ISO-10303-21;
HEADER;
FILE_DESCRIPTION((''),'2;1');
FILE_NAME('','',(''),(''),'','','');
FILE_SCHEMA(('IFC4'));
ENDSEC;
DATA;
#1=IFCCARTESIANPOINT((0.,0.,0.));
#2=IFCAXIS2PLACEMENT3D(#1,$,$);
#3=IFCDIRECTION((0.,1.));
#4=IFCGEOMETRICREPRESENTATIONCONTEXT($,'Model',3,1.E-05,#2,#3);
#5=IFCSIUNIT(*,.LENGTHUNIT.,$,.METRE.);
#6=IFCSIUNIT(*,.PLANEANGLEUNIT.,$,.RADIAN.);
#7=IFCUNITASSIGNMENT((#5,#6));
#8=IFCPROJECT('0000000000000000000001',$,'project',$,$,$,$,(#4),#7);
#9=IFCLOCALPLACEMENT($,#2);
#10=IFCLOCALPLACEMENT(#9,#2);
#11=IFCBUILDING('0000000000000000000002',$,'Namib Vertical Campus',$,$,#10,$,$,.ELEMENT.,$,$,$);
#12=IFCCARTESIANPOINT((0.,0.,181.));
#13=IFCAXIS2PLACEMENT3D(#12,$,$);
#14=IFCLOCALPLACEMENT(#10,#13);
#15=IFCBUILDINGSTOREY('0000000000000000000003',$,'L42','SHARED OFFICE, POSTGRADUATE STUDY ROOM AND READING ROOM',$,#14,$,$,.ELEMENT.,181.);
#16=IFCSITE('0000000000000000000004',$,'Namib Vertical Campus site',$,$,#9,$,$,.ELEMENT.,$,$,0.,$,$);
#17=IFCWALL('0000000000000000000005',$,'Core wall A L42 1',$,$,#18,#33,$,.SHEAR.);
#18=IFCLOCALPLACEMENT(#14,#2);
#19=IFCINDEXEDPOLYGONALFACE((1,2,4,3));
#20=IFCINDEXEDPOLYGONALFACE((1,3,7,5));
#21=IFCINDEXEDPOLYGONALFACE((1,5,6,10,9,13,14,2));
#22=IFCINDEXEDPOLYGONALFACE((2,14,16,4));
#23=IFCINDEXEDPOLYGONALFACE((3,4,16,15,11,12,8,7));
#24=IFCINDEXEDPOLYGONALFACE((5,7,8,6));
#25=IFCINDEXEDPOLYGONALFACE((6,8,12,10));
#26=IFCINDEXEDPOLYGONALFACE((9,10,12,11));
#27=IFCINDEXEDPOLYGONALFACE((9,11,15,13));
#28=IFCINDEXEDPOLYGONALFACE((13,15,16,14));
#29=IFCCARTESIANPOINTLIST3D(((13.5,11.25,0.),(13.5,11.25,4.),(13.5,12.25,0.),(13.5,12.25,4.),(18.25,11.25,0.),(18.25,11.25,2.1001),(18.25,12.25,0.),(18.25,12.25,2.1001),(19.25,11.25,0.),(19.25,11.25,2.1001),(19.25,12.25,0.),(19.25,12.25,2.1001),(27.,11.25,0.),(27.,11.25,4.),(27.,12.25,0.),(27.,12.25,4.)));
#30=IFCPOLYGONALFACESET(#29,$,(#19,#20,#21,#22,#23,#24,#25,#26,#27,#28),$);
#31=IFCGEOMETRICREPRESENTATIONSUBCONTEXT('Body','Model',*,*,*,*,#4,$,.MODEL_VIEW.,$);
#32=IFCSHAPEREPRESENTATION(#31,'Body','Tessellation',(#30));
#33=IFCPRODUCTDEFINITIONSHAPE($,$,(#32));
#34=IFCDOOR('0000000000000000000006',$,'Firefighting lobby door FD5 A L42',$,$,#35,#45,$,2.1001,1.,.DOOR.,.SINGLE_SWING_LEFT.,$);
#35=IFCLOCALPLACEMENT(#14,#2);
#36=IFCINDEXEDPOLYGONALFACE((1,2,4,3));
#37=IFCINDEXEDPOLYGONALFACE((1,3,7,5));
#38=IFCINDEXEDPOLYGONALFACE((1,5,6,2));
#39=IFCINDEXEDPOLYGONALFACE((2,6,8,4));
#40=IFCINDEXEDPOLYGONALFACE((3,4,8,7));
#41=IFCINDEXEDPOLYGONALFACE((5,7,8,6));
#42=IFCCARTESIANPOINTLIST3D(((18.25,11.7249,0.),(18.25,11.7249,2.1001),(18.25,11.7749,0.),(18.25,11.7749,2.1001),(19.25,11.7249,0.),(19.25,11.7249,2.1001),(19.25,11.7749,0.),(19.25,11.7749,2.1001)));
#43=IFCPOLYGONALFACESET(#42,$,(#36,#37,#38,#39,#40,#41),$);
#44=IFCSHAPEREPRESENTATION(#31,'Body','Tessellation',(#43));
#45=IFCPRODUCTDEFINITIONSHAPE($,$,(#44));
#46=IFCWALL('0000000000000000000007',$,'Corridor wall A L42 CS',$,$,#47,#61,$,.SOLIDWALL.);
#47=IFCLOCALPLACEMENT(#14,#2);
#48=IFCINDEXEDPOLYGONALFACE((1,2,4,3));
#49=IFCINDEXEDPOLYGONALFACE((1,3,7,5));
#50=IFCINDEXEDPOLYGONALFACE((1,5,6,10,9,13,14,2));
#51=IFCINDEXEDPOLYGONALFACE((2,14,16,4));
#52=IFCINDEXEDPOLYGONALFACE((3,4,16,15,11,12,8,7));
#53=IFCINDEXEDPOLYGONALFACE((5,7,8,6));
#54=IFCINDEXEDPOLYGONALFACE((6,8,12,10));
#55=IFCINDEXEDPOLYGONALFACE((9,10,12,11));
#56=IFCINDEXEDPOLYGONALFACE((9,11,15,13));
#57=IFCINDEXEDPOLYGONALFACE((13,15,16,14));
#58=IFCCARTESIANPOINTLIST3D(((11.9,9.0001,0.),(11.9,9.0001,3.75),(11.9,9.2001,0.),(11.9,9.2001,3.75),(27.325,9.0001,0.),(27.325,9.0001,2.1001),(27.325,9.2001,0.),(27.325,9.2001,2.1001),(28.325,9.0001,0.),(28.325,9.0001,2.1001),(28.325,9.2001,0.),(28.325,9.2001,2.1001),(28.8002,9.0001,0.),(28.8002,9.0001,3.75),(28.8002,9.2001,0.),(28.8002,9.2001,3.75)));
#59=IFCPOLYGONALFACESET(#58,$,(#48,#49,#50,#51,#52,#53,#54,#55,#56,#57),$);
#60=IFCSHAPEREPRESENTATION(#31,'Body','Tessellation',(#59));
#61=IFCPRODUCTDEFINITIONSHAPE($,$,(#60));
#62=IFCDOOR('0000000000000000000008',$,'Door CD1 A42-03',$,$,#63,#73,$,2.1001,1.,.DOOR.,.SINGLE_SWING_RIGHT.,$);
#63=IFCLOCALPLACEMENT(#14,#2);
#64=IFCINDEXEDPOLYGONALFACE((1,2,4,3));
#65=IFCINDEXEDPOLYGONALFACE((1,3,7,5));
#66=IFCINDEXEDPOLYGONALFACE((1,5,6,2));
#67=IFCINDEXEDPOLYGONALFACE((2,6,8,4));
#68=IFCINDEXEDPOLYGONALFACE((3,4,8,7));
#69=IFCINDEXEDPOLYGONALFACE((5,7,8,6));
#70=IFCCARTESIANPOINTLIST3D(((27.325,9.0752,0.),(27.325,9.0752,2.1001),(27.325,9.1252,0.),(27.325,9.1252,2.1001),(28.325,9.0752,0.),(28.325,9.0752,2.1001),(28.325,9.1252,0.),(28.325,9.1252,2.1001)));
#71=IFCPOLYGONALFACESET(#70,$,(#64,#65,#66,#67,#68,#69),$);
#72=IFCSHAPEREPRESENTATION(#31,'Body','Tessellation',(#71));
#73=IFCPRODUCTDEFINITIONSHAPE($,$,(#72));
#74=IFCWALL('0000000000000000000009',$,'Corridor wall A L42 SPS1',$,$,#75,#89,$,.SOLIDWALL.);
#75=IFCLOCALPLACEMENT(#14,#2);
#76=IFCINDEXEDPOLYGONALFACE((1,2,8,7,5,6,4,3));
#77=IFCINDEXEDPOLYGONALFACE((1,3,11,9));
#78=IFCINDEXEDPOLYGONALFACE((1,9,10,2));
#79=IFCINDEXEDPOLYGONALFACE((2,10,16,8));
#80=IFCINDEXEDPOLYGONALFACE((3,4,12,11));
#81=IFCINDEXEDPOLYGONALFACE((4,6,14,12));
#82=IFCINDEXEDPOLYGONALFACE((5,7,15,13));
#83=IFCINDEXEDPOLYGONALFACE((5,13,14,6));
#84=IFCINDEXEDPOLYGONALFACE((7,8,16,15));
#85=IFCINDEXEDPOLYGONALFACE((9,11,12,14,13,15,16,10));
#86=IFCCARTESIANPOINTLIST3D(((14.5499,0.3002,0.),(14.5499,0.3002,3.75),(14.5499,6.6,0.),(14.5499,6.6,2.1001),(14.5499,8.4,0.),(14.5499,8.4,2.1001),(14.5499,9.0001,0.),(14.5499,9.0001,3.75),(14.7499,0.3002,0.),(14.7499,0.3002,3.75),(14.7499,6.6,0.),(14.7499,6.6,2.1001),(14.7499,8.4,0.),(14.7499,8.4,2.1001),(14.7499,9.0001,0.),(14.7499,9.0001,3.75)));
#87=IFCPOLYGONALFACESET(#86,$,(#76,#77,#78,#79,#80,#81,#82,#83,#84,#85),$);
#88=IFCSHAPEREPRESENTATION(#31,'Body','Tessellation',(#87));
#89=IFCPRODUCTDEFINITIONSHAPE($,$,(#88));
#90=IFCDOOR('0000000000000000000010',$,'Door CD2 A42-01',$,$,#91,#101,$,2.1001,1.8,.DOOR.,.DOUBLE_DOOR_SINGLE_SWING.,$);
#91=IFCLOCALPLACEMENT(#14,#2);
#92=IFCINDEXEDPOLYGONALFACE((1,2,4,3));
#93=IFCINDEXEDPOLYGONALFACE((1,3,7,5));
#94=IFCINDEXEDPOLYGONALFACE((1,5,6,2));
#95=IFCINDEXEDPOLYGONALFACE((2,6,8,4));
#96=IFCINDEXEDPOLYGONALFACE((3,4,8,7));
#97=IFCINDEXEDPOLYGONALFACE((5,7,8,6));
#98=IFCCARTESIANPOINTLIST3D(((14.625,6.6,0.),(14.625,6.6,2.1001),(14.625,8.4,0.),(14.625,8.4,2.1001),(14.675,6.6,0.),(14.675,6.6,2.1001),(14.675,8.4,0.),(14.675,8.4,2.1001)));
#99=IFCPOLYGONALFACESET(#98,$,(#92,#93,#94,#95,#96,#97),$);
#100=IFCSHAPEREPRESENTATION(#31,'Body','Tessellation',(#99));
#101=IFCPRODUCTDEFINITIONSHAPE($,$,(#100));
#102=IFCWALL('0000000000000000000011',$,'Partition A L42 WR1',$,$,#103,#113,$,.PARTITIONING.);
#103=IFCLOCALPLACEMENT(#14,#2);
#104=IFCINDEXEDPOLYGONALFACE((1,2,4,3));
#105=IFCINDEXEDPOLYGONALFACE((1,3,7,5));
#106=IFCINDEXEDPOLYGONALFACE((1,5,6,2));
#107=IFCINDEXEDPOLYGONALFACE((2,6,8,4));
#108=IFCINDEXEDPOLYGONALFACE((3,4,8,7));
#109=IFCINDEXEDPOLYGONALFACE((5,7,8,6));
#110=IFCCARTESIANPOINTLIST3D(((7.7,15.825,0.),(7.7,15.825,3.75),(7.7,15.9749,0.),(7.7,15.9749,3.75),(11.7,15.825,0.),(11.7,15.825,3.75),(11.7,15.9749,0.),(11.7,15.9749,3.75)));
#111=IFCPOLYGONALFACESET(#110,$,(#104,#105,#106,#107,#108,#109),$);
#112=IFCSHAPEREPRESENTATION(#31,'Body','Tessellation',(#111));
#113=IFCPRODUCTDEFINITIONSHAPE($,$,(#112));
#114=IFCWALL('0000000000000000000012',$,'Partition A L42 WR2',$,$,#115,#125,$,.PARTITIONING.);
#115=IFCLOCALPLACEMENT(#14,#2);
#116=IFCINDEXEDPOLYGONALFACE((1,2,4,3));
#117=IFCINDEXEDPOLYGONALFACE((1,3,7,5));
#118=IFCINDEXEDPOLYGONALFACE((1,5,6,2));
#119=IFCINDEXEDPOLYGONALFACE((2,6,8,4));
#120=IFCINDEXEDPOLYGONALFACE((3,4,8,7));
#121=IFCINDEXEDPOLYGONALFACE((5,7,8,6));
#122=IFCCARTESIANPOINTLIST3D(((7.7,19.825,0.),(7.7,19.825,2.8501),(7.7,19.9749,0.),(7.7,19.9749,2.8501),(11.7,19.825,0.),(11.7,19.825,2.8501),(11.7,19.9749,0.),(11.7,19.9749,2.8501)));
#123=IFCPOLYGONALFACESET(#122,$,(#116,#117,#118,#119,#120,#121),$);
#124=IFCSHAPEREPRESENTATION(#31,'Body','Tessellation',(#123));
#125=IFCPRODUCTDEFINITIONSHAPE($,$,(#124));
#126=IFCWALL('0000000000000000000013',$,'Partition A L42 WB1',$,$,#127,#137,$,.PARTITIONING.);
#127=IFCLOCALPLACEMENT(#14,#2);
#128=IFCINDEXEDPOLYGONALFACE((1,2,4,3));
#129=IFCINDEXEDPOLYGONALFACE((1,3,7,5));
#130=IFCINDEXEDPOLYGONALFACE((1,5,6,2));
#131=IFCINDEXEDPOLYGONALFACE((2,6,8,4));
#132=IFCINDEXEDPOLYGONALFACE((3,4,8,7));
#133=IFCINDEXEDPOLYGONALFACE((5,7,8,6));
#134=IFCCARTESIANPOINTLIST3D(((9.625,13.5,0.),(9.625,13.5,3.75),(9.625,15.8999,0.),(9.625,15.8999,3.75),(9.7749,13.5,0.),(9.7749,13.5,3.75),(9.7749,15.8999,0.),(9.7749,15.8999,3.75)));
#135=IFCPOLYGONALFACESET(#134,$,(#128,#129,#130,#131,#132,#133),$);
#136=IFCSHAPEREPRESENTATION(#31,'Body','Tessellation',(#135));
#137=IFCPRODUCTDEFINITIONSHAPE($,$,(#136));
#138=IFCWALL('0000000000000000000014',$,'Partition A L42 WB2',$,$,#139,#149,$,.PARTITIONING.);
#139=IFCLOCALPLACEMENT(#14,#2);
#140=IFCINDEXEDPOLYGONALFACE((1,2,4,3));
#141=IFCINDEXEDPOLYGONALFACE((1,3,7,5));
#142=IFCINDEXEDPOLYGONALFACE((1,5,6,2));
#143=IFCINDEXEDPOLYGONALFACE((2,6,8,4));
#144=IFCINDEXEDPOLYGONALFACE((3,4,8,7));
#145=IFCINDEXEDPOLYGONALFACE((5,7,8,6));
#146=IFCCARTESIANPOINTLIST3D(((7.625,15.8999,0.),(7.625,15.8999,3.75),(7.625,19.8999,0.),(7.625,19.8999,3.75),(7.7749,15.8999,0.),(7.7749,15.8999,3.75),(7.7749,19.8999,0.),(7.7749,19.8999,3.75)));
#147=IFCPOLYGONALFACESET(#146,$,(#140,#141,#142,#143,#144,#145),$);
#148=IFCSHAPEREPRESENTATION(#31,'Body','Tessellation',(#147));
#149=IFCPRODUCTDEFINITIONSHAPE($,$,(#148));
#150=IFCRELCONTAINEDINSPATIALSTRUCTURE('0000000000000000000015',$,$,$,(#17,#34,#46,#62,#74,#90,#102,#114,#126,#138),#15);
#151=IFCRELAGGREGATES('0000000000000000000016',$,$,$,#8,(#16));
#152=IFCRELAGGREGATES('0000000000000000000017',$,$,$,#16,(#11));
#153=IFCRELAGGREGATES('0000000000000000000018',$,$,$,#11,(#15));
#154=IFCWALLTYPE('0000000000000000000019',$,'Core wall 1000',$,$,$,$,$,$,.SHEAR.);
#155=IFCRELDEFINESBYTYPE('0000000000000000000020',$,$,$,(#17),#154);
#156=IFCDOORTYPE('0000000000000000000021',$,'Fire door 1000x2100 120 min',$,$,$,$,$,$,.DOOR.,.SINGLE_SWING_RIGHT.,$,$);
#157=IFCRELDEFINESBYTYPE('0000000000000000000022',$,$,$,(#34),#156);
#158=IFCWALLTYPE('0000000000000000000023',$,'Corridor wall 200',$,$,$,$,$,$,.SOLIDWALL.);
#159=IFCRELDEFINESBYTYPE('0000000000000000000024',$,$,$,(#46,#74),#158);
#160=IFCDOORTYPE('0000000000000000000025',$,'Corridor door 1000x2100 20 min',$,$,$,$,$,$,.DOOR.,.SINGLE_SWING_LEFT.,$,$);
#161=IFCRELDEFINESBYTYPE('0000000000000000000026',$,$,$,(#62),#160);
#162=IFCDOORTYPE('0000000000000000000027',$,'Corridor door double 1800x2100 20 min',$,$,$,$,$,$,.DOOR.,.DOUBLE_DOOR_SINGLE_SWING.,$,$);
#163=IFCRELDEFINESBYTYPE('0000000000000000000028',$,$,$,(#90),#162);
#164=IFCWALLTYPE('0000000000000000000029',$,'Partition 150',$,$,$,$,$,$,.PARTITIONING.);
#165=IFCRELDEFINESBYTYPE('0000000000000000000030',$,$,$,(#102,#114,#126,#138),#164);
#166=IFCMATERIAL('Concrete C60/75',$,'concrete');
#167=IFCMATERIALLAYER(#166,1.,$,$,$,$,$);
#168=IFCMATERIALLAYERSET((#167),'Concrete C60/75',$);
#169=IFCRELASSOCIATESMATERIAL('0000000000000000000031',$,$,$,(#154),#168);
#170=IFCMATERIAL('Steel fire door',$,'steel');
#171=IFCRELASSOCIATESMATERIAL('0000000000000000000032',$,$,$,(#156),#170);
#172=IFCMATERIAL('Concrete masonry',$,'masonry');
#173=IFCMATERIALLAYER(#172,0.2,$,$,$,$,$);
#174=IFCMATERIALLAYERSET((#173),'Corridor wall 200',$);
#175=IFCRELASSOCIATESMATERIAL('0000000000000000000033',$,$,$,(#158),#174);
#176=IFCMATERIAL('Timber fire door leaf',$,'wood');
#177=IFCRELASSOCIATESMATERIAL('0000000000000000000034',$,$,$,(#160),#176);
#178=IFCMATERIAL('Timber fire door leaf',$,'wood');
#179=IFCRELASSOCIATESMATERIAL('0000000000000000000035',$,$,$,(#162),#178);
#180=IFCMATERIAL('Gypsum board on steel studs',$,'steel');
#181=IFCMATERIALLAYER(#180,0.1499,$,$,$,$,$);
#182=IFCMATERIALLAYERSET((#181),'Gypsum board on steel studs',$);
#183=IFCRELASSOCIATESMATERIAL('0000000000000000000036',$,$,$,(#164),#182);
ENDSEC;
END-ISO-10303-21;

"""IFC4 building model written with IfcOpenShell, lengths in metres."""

from ifc_helpers import new_model, si_unit, direction, frame, frame_2d, origin, place, context, subcontext, project, spatial, rectangle, extrude, material, layer, layer_set, type_object, element, fill, save


model = new_model("IFC4")

# Units and contexts
model_context = context("Model", 3, precision=1e-05, world=origin(), true_north=direction((0.0, 1.0)))
body_context = subcontext(model_context, "Body", "Model", "MODEL_VIEW")
ifc_project = project(units=[si_unit("LENGTHUNIT", "METRE"), si_unit("PLANEANGLEUNIT", "RADIAN")], contexts=[model_context])

# Site, building, storey
site_placement = place(None, origin())
site = spatial("IfcSite", under=ifc_project, at=site_placement, Name="Namib Vertical Campus site", CompositionType="ELEMENT", RefElevation=0.0)
building_placement = place(site_placement, origin())
building = spatial("IfcBuilding", under=site, at=building_placement, Name="Namib Vertical Campus", CompositionType="ELEMENT")
storey_placement = place(building_placement, frame((0.0, 0.0, 181.0)))
storey = spatial("IfcBuildingStorey", under=building, at=storey_placement, Name="L42", Description="SHARED OFFICE, POSTGRADUATE STUDY ROOM AND READING ROOM", CompositionType="ELEMENT", Elevation=181.0)

# Walls, openings, doors
ifc_material_1 = material(Name="Concrete C60/75", Category="concrete")
ifc_layer_1 = layer(ifc_material_1, 1.0)
ifc_layer_set_1 = layer_set([ifc_layer_1], Name="Concrete C60/75")
wall_type_1 = type_object("IfcWallType", Name="Core wall 1000", PredefinedType="SHEAR", material=ifc_layer_set_1)
wall_1_placement = place(storey_placement, frame((13.5, 11.75, 0.0), z_axis=(0.0, 0.0, 1.0), x_axis=(1.0, 0.0, 0.0)))
wall_1 = element("IfcWall", 1, at=wall_1_placement, inside=storey, type_object=wall_type_1, Name="Core wall A L42 1", PredefinedType="SHEAR", context=body_context, shape_type="SweptSolid", body=[
    extrude(rectangle(XDim=13.5, YDim=1.0, at=frame_2d((6.75, 0.0))), origin(), (0.0, 0.0, 1.0), 4.0),
])
opening_1_placement = place(wall_1_placement, frame((4.75, 0.0, 0.0)))
opening_1 = element("IfcOpeningElement", 2, at=opening_1_placement, cuts=wall_1, PredefinedType="OPENING", context=body_context, shape_type="SweptSolid", body=[
    extrude(rectangle(XDim=1.0, YDim=2.1001, at=frame_2d((0.5, 1.05))), frame((0.0, 0.51, 0.0), z_axis=(0.0, -1.0, 0.0), x_axis=(1.0, 0.0, 0.0)), (0.0, 0.0, 1.0), 1.02),
])
ifc_material_2 = material(Name="Steel fire door", Category="steel")
door_type_1 = type_object("IfcDoorType", Name="Fire door 1000x2100 120 min", OperationType="SINGLE_SWING_RIGHT", PredefinedType="DOOR", material=ifc_material_2)
door_1_placement = place(opening_1_placement, origin())
door_1 = element("IfcDoor", 3, at=door_1_placement, inside=storey, type_object=door_type_1, Name="Firefighting lobby door FD5 A L42", OperationType="SINGLE_SWING_LEFT", OverallHeight=2.1001, OverallWidth=1.0, PredefinedType="DOOR", context=body_context, shape_type="SweptSolid", body=[
    extrude(rectangle(XDim=1.0, YDim=2.1001, at=frame_2d((0.5, 1.05))), frame((0.0, 0.0249, 0.0), z_axis=(0.0, -1.0, 0.0), x_axis=(1.0, 0.0, 0.0)), (0.0, 0.0, 1.0), 0.05),
])
fill(opening_1, door_1)
ifc_material_3 = material(Name="Concrete masonry", Category="masonry")
ifc_layer_2 = layer(ifc_material_3, 0.2)
ifc_layer_set_2 = layer_set([ifc_layer_2], Name="Corridor wall 200")
wall_type_2 = type_object("IfcWallType", Name="Corridor wall 200", PredefinedType="SOLIDWALL", material=ifc_layer_set_2)
wall_2_placement = place(storey_placement, frame((11.8999, 9.1001, 0.0), z_axis=(0.0, 0.0, 1.0), x_axis=(1.0, 0.0, 0.0)))
wall_2 = element("IfcWall", 4, at=wall_2_placement, inside=storey, type_object=wall_type_2, Name="Corridor wall A L42 CS", PredefinedType="SOLIDWALL", context=body_context, shape_type="SweptSolid", body=[
    extrude(rectangle(XDim=16.9001, YDim=0.2, at=frame_2d((8.4502, 0.0))), origin(), (0.0, 0.0, 1.0), 3.75),
])
opening_2_placement = place(wall_2_placement, frame((15.425, 0.0, 0.0)))
opening_2 = element("IfcOpeningElement", 5, at=opening_2_placement, cuts=wall_2, PredefinedType="OPENING", context=body_context, shape_type="SweptSolid", body=[
    extrude(rectangle(XDim=1.0, YDim=2.1001, at=frame_2d((0.5, 1.05))), frame((0.0, 0.1099, 0.0), z_axis=(0.0, -1.0, 0.0), x_axis=(1.0, 0.0, 0.0)), (0.0, 0.0, 1.0), 0.22),
])
ifc_material_4 = material(Name="Timber fire door leaf", Category="wood")
door_type_2 = type_object("IfcDoorType", Name="Corridor door 1000x2100 20 min", OperationType="SINGLE_SWING_LEFT", PredefinedType="DOOR", material=ifc_material_4)
door_2_placement = place(opening_2_placement, frame((1.0, 0.0, 0.0), z_axis=(0.0, 0.0, 1.0), x_axis=(-1.0, 0.0, 0.0)))
door_2 = element("IfcDoor", 6, at=door_2_placement, inside=storey, type_object=door_type_2, Name="Door CD1 A42-03", OperationType="SINGLE_SWING_RIGHT", OverallHeight=2.1001, OverallWidth=1.0, PredefinedType="DOOR", context=body_context, shape_type="SweptSolid", body=[
    extrude(rectangle(XDim=1.0, YDim=2.1001, at=frame_2d((0.5, 1.05))), frame((0.0, 0.0249, 0.0), z_axis=(0.0, -1.0, 0.0), x_axis=(1.0, 0.0, 0.0)), (0.0, 0.0, 1.0), 0.05),
])
fill(opening_2, door_2)
wall_3_placement = place(storey_placement, frame((14.6499, 0.3, 0.0), z_axis=(0.0, 0.0, 1.0), x_axis=(0.0, 1.0, 0.0)))
wall_3 = element("IfcWall", 7, at=wall_3_placement, inside=storey, type_object=wall_type_2, Name="Corridor wall A L42 SPS1", PredefinedType="SOLIDWALL", context=body_context, shape_type="SweptSolid", body=[
    extrude(rectangle(XDim=8.7, YDim=0.2, at=frame_2d((4.3501, 0.0))), origin(), (0.0, 0.0, 1.0), 3.75),
])
opening_3_placement = place(wall_3_placement, frame((6.3, 0.0, 0.0)))
opening_3 = element("IfcOpeningElement", 8, at=opening_3_placement, cuts=wall_3, PredefinedType="OPENING", context=body_context, shape_type="SweptSolid", body=[
    extrude(rectangle(XDim=1.8, YDim=2.1001, at=frame_2d((0.8999, 1.05))), frame((0.0, 0.1099, 0.0), z_axis=(0.0, -1.0, 0.0), x_axis=(1.0, 0.0, 0.0)), (0.0, 0.0, 1.0), 0.22),
])
ifc_material_5 = material(Name="Timber fire door leaf", Category="wood")
door_type_3 = type_object("IfcDoorType", Name="Corridor door double 1800x2100 20 min", OperationType="DOUBLE_DOOR_SINGLE_SWING", PredefinedType="DOOR", material=ifc_material_5)
door_3_placement = place(opening_3_placement, origin())
door_3 = element("IfcDoor", 9, at=door_3_placement, inside=storey, type_object=door_type_3, Name="Door CD2 A42-01", OperationType="DOUBLE_DOOR_SINGLE_SWING", OverallHeight=2.1001, OverallWidth=1.8, PredefinedType="DOOR", context=body_context, shape_type="SweptSolid", body=[
    extrude(rectangle(XDim=1.8, YDim=2.1001, at=frame_2d((0.8999, 1.05))), frame((0.0, 0.0249, 0.0), z_axis=(0.0, -1.0, 0.0), x_axis=(1.0, 0.0, 0.0)), (0.0, 0.0, 1.0), 0.05),
])
fill(opening_3, door_3)

# Walls
ifc_material_6 = material(Name="Gypsum board on steel studs", Category="steel")
ifc_layer_3 = layer(ifc_material_6, 0.1499)
ifc_layer_set_3 = layer_set([ifc_layer_3], Name="Gypsum board on steel studs")
wall_type_3 = type_object("IfcWallType", Name="Partition 150", PredefinedType="PARTITIONING", material=ifc_layer_set_3)
wall_4_placement = place(storey_placement, frame((11.7, 15.8999, 0.0), z_axis=(0.0, 0.0, 1.0), x_axis=(-1.0, 0.0, 0.0)))
element("IfcWall", 10, at=wall_4_placement, inside=storey, type_object=wall_type_3, Name="Partition A L42 WR1", PredefinedType="PARTITIONING", context=body_context, shape_type="SweptSolid", body=[
    extrude(rectangle(XDim=4.0, YDim=0.1499, at=frame_2d((2.0, 0.0))), origin(), (0.0, 0.0, 1.0), 3.75),
])
wall_5_placement = place(storey_placement, frame((11.7, 19.8999, 0.0), z_axis=(0.0, 0.0, 1.0), x_axis=(-1.0, 0.0, 0.0)))
element("IfcWall", 11, at=wall_5_placement, inside=storey, type_object=wall_type_3, Name="Partition A L42 WR2", PredefinedType="PARTITIONING", context=body_context, shape_type="SweptSolid", body=[
    extrude(rectangle(XDim=4.0, YDim=0.1499, at=frame_2d((2.0, 0.0))), origin(), (0.0, 0.0, 1.0), 2.8501),
])
wall_6_placement = place(storey_placement, frame((9.7, 13.5, 0.0), z_axis=(0.0, 0.0, 1.0), x_axis=(0.0, 1.0, 0.0)))
element("IfcWall", 12, at=wall_6_placement, inside=storey, type_object=wall_type_3, Name="Partition A L42 WB1", PredefinedType="PARTITIONING", context=body_context, shape_type="SweptSolid", body=[
    extrude(rectangle(XDim=2.3999, YDim=0.1499, at=frame_2d((1.2, 0.0))), origin(), (0.0, 0.0, 1.0), 3.75),
])
wall_7_placement = place(storey_placement, frame((7.7, 15.8999, 0.0), z_axis=(0.0, 0.0, 1.0), x_axis=(0.0, 1.0, 0.0)))
element("IfcWall", 13, at=wall_7_placement, inside=storey, type_object=wall_type_3, Name="Partition A L42 WB2", PredefinedType="PARTITIONING", context=body_context, shape_type="SweptSolid", body=[
    extrude(rectangle(XDim=4.0, YDim=0.1499, at=frame_2d((2.0, 0.0))), origin(), (0.0, 0.0, 1.0), 3.75),
])

save(model, "model.ifc")
